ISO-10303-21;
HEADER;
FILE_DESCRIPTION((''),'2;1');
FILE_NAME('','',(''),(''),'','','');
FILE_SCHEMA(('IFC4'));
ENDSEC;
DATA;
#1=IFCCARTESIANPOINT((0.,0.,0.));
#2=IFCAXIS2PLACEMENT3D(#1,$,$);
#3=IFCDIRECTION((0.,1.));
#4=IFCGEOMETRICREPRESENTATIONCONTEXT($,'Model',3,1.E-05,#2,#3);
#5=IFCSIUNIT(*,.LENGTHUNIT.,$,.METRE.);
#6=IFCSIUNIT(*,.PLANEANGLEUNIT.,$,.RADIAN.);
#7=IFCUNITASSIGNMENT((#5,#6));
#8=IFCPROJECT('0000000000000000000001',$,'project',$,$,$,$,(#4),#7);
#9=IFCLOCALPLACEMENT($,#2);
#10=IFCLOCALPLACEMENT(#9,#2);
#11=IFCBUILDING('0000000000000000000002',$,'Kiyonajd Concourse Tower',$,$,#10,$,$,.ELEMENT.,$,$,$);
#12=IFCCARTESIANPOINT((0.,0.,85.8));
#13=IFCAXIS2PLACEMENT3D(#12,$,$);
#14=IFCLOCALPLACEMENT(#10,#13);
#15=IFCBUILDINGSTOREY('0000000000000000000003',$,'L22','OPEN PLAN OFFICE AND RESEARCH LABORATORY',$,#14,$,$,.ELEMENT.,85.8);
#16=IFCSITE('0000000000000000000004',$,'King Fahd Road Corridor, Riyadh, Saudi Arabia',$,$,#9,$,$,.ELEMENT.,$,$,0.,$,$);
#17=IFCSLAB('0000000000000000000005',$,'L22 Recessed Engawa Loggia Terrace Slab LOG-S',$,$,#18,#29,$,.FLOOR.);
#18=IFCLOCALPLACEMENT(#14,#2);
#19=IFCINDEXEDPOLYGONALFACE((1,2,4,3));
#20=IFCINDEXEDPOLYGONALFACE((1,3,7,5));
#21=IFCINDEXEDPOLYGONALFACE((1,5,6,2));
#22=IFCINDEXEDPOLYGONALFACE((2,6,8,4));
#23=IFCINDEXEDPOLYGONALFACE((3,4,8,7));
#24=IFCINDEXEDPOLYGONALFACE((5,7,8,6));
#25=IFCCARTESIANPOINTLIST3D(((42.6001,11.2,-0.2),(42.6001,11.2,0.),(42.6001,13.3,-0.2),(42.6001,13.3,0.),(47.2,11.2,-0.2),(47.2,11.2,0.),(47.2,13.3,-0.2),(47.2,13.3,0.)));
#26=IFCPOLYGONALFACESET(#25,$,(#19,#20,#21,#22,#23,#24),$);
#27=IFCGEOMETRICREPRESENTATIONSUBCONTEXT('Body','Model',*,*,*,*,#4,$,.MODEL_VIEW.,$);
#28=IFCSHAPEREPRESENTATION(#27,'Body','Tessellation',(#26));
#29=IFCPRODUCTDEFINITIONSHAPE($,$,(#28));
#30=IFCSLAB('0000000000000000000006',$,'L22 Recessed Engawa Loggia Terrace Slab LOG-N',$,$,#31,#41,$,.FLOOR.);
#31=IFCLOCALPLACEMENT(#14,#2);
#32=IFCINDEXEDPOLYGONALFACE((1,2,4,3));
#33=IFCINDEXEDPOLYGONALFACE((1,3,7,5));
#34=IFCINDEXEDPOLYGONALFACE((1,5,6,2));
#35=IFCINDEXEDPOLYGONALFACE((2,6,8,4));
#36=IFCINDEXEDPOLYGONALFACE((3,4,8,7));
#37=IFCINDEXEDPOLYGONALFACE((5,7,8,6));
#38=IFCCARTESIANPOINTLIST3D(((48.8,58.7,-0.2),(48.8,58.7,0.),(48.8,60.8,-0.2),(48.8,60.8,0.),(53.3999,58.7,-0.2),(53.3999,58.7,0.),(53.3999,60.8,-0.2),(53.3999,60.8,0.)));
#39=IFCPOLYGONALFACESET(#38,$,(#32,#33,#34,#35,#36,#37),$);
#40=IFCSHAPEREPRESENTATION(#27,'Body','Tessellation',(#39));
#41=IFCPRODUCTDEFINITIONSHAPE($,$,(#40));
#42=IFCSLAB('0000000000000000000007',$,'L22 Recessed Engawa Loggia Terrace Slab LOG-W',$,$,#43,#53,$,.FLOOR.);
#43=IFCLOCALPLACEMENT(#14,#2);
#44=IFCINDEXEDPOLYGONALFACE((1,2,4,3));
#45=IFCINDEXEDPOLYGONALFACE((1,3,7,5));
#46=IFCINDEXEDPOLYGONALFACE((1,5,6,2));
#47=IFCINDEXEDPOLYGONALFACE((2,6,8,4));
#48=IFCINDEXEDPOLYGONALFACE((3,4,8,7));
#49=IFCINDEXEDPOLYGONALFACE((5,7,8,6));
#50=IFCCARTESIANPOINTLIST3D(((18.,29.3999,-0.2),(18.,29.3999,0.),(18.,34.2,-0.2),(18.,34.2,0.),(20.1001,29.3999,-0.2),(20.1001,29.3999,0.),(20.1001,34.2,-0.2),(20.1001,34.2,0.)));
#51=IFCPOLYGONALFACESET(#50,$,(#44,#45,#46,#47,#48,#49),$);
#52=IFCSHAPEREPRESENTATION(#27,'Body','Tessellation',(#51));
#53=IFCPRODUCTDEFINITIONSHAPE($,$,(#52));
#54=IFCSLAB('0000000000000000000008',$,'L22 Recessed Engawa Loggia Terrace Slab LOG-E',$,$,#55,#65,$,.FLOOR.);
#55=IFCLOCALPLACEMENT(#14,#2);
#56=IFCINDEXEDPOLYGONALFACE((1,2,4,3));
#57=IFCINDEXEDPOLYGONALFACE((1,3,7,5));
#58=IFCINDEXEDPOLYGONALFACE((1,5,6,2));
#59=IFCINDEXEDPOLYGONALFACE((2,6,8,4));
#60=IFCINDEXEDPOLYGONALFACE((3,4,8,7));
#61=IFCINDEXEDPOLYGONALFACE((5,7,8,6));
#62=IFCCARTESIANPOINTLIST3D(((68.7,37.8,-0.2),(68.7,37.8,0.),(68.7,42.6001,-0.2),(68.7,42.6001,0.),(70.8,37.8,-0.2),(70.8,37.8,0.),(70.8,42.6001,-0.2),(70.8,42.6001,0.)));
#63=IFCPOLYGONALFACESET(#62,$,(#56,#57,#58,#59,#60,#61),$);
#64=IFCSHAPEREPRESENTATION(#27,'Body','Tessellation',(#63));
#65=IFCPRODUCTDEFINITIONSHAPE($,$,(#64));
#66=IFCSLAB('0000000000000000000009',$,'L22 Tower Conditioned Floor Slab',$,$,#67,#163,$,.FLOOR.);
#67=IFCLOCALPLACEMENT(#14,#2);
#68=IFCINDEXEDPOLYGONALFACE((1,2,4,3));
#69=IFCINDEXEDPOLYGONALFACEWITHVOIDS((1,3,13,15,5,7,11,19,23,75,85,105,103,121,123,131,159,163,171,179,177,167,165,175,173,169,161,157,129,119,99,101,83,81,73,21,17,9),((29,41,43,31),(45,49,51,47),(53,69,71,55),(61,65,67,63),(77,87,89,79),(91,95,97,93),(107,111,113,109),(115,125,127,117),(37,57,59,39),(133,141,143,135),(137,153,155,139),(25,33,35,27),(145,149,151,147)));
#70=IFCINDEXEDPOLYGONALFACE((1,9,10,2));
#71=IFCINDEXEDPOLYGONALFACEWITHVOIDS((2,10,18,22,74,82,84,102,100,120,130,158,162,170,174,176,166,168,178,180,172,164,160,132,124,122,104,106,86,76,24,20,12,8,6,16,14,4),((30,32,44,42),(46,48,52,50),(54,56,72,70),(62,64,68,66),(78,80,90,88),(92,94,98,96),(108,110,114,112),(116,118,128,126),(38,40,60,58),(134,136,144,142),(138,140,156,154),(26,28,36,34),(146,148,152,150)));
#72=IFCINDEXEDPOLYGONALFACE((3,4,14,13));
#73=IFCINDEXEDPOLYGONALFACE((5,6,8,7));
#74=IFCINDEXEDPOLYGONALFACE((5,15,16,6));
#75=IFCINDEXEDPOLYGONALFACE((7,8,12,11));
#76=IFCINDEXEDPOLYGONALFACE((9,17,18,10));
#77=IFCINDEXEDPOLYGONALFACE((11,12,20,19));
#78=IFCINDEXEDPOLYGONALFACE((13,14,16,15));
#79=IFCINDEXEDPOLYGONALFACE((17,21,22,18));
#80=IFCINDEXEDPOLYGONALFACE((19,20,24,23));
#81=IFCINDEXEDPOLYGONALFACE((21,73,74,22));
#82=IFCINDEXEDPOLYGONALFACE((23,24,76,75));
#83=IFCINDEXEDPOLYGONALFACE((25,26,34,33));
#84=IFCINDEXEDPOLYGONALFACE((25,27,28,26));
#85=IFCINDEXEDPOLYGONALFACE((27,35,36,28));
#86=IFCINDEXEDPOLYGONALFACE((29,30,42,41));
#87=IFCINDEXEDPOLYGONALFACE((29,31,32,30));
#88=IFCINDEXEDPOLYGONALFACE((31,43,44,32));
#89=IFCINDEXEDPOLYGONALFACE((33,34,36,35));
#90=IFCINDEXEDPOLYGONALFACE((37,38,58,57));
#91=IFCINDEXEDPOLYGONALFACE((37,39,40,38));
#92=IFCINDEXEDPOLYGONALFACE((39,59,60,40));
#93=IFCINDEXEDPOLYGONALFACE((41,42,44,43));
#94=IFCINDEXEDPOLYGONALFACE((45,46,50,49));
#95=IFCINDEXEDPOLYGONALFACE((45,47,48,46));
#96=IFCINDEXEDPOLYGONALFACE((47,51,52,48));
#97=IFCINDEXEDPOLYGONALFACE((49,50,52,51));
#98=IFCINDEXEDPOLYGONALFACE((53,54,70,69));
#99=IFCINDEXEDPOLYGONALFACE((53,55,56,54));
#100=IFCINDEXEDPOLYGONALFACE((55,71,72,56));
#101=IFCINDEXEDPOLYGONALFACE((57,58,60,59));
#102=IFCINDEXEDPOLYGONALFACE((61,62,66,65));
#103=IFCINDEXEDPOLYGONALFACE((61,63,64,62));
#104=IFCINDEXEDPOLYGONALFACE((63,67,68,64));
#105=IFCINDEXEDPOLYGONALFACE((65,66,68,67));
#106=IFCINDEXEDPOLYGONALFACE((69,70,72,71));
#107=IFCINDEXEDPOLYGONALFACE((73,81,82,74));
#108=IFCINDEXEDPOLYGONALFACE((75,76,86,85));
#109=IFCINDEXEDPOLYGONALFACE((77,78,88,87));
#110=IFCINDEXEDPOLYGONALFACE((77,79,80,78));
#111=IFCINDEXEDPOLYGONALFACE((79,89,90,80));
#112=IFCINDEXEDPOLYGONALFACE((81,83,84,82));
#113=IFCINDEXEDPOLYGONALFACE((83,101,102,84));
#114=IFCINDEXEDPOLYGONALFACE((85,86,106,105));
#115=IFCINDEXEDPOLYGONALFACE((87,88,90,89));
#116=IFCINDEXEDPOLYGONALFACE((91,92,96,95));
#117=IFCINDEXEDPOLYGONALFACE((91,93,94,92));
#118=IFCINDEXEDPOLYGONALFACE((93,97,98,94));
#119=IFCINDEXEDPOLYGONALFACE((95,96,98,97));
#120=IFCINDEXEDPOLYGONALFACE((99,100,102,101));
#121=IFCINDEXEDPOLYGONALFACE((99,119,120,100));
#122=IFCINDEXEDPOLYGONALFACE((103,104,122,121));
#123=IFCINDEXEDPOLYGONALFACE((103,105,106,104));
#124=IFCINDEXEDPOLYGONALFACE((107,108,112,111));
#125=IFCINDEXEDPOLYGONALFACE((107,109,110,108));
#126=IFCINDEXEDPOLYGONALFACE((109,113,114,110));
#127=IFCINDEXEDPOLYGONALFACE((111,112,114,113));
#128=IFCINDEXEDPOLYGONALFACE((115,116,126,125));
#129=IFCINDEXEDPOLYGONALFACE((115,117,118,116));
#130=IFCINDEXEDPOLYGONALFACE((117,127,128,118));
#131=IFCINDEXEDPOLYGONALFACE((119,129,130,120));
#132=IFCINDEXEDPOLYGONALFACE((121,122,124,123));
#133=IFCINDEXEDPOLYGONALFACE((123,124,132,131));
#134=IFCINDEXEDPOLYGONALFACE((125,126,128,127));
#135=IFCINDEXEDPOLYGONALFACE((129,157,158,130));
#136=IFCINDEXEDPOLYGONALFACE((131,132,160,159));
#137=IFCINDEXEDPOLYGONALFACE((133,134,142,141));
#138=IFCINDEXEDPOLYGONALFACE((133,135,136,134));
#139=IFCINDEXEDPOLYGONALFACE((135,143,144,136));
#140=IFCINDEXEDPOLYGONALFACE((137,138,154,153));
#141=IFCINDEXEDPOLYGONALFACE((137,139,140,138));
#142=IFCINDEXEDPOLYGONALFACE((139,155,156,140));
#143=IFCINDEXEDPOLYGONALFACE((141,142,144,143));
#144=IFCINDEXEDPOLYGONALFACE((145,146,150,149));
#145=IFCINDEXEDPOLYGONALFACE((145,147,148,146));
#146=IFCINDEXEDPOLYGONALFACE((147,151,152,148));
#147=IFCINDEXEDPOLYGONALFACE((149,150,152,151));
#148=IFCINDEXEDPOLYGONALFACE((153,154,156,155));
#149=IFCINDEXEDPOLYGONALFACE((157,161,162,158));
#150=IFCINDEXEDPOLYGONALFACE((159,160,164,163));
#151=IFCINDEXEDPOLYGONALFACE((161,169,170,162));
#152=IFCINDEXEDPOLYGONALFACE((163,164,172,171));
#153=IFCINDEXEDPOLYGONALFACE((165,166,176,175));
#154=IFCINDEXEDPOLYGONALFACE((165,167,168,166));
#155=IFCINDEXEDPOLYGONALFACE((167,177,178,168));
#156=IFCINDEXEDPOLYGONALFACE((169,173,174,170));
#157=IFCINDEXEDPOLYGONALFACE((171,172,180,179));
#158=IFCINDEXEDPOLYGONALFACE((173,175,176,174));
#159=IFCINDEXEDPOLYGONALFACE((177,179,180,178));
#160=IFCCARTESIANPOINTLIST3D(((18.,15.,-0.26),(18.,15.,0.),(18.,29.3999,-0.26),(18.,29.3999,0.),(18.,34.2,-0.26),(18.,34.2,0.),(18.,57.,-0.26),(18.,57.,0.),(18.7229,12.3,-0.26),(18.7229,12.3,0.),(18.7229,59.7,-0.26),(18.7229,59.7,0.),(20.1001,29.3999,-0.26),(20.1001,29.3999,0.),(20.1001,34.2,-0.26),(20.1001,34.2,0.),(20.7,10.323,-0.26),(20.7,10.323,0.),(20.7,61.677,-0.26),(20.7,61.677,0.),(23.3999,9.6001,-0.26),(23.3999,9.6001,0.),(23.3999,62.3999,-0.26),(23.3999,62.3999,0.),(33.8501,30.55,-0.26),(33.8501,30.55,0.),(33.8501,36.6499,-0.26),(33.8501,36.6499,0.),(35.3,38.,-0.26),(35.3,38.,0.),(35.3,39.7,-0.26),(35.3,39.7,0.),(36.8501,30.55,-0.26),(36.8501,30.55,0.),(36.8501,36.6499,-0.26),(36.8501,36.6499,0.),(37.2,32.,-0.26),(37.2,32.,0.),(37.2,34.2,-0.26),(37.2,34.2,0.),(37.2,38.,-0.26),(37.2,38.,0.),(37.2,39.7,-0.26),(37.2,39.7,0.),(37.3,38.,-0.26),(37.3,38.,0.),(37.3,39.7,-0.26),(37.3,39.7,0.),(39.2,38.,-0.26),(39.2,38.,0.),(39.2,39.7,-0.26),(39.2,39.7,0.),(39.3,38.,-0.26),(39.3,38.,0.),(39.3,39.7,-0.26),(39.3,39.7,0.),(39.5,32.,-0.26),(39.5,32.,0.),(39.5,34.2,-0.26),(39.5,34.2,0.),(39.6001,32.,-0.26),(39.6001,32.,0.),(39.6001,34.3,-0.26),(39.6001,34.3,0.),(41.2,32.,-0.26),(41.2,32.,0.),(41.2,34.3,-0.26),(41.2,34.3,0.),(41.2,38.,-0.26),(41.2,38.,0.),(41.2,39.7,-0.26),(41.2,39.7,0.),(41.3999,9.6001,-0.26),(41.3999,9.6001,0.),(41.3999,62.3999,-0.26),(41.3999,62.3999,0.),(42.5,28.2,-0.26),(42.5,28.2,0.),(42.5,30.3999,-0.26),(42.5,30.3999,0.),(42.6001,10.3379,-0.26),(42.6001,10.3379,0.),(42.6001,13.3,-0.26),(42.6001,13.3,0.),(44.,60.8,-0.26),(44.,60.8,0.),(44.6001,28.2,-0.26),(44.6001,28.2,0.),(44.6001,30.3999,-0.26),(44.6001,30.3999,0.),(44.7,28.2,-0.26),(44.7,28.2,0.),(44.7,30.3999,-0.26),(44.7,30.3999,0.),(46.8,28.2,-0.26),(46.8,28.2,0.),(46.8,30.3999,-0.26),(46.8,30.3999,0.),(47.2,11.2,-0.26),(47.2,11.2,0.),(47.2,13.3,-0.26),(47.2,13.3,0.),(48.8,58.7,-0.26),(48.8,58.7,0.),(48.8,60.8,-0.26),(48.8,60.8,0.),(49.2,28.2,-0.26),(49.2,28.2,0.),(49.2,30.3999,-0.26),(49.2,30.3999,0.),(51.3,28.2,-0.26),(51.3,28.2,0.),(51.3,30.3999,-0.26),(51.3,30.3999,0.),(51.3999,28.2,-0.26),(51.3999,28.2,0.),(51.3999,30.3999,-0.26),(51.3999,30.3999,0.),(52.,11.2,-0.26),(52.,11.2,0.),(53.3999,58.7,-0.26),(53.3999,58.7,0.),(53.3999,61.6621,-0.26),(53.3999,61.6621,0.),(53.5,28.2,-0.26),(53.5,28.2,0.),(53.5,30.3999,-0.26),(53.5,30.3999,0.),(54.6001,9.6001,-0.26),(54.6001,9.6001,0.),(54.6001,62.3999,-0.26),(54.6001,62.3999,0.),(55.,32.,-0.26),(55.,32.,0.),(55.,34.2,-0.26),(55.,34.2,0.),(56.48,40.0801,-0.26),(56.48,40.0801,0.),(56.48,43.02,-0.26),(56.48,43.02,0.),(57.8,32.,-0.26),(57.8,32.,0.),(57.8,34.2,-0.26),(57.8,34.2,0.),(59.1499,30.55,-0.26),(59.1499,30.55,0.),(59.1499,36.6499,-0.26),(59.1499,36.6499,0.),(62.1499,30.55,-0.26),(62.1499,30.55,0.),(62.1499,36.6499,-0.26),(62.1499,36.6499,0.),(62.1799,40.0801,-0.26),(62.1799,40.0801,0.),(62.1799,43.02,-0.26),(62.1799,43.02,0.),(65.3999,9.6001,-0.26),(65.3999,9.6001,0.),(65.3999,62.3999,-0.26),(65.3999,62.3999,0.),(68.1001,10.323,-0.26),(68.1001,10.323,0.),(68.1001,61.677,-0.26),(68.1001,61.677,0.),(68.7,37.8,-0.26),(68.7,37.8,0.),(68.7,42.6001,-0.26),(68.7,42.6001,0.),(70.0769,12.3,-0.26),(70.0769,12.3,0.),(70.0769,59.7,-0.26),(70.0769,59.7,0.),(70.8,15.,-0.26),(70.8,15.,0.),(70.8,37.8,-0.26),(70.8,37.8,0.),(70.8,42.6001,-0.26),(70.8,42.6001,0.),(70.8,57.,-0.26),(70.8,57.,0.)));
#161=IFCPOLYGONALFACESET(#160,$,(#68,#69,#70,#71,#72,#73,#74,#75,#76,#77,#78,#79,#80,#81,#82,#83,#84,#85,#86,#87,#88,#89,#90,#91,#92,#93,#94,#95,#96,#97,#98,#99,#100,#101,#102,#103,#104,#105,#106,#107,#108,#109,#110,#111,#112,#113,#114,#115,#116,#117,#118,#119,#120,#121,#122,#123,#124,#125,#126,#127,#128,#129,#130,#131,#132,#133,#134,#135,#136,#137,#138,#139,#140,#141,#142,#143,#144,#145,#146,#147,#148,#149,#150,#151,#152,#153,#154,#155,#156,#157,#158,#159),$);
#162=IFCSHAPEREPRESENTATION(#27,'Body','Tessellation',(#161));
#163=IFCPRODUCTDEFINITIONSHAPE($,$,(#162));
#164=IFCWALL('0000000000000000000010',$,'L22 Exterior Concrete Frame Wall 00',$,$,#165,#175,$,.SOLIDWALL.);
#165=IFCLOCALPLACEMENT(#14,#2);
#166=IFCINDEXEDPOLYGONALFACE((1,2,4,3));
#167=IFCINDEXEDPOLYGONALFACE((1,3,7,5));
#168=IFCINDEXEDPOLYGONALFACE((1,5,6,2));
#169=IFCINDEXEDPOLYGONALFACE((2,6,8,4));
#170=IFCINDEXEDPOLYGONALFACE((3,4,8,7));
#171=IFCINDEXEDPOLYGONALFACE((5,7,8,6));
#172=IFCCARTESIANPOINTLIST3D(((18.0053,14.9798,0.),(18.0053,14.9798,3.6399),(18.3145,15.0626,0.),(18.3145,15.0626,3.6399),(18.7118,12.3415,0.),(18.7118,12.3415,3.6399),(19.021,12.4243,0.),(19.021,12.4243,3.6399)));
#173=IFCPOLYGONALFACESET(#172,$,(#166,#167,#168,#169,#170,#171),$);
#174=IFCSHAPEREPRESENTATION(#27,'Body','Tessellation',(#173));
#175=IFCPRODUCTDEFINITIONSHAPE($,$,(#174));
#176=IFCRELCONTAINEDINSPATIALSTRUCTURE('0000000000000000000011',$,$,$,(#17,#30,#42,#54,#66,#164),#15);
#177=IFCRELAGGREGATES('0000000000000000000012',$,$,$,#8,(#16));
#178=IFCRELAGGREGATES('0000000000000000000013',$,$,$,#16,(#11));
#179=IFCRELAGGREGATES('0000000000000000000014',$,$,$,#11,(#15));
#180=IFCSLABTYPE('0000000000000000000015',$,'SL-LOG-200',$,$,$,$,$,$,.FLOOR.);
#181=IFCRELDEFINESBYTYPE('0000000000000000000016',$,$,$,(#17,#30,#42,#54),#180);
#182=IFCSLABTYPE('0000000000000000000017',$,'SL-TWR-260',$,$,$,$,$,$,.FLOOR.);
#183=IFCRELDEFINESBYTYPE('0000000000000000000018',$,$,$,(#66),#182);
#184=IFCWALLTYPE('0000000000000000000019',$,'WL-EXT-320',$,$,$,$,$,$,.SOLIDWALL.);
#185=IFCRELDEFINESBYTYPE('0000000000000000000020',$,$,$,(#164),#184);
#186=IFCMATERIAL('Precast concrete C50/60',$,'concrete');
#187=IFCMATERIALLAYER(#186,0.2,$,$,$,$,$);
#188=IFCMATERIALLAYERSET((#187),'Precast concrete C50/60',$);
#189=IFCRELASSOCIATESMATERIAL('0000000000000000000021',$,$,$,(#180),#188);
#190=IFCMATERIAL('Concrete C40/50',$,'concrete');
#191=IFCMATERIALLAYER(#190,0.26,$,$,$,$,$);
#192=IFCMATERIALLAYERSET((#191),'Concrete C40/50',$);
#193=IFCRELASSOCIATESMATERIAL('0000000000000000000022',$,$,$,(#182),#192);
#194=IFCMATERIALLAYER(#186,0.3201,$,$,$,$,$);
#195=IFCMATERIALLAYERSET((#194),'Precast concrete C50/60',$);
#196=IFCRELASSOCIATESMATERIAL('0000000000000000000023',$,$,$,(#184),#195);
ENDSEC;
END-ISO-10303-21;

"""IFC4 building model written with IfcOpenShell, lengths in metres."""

from ifc_helpers import new_model, si_unit, direction, frame, frame_2d, origin, place, context, subcontext, project, spatial, polyline, rectangle, outline, extrude, material, layer, layer_set, type_object, element, save


model = new_model("IFC4")

# Units and contexts
model_context = context("Model", 3, precision=1e-05, world=origin(), true_north=direction((0.0, 1.0)))
body_context = subcontext(model_context, "Body", "Model", "MODEL_VIEW")
ifc_project = project(units=[si_unit("LENGTHUNIT", "METRE"), si_unit("PLANEANGLEUNIT", "RADIAN")], contexts=[model_context])

# Site, building, storey
site_placement = place(None, origin())
site = spatial("IfcSite", under=ifc_project, at=site_placement, Name="King Fahd Road Corridor, Riyadh, Saudi Arabia", CompositionType="ELEMENT", RefElevation=0.0)
building_placement = place(site_placement, origin())
building = spatial("IfcBuilding", under=site, at=building_placement, Name="Kiyonajd Concourse Tower", CompositionType="ELEMENT")
storey_placement = place(building_placement, frame((0.0, 0.0, 85.8)))
storey = spatial("IfcBuildingStorey", under=building, at=storey_placement, Name="L22", Description="OPEN PLAN OFFICE AND RESEARCH LABORATORY", CompositionType="ELEMENT", Elevation=85.8)

# Shared definitions
ifc_material_1 = material(Name="Precast concrete C50/60", Category="concrete")

# Shared definitions
ifc_material_2 = material(Name="Concrete C40/50", Category="concrete")

# Slabs
ifc_layer_1 = layer(ifc_material_1, 0.2)
ifc_layer_set_1 = layer_set([ifc_layer_1], Name="Precast concrete C50/60")
slab_type_1 = type_object("IfcSlabType", Name="SL-LOG-200", PredefinedType="FLOOR", material=ifc_layer_set_1)
slab_1_placement = place(storey_placement, frame((0.0, 0.0, -0.2)))
element("IfcSlab", 1, at=slab_1_placement, inside=storey, type_object=slab_type_1, Name="L22 Recessed Engawa Loggia Terrace Slab LOG-S", PredefinedType="FLOOR", context=body_context, shape_type="SweptSolid", body=[
    extrude(outline(polyline([(42.6001, 11.2), (47.2, 11.2), (47.2, 13.3), (42.6001, 13.3), (42.6001, 11.2)])), origin(), (0.0, 0.0, 1.0), 0.2),
])
slab_2_placement = place(storey_placement, frame((0.0, 0.0, -0.2)))
element("IfcSlab", 2, at=slab_2_placement, inside=storey, type_object=slab_type_1, Name="L22 Recessed Engawa Loggia Terrace Slab LOG-N", PredefinedType="FLOOR", context=body_context, shape_type="SweptSolid", body=[
    extrude(outline(polyline([(48.8, 58.7), (53.3999, 58.7), (53.3999, 60.8), (48.8, 60.8), (48.8, 58.7)])), origin(), (0.0, 0.0, 1.0), 0.2),
])
slab_3_placement = place(storey_placement, frame((0.0, 0.0, -0.2)))
element("IfcSlab", 3, at=slab_3_placement, inside=storey, type_object=slab_type_1, Name="L22 Recessed Engawa Loggia Terrace Slab LOG-W", PredefinedType="FLOOR", context=body_context, shape_type="SweptSolid", body=[
    extrude(outline(polyline([(18.0, 29.3999), (20.1001, 29.3999), (20.1001, 34.2), (18.0, 34.2), (18.0, 29.3999)])), origin(), (0.0, 0.0, 1.0), 0.2),
])
slab_4_placement = place(storey_placement, frame((0.0, 0.0, -0.2)))
element("IfcSlab", 4, at=slab_4_placement, inside=storey, type_object=slab_type_1, Name="L22 Recessed Engawa Loggia Terrace Slab LOG-E", PredefinedType="FLOOR", context=body_context, shape_type="SweptSolid", body=[
    extrude(outline(polyline([(68.7, 37.8), (70.8, 37.8), (70.8, 42.6001), (68.7, 42.6001), (68.7, 37.8)])), origin(), (0.0, 0.0, 1.0), 0.2),
])
ifc_layer_2 = layer(ifc_material_2, 0.26)
ifc_layer_set_2 = layer_set([ifc_layer_2], Name="Concrete C40/50")
slab_type_2 = type_object("IfcSlabType", Name="SL-TWR-260", PredefinedType="FLOOR", material=ifc_layer_set_2)
slab_5_placement = place(storey_placement, frame((0.0, 0.0, -0.26)))
element("IfcSlab", 5, at=slab_5_placement, inside=storey, type_object=slab_type_2, Name="L22 Tower Conditioned Floor Slab", PredefinedType="FLOOR", context=body_context, shape_type="SweptSolid", body=[
    extrude(outline(polyline([(18.7229, 12.3), (18.0, 15.0), (18.0, 29.3999), (20.1001, 29.3999), (20.1001, 34.2), (18.0, 34.2), (18.0, 57.0), (18.7229, 59.7), (20.7, 61.677), (23.3999, 62.3999), (41.3999, 62.3999), (44.0, 60.8), (48.8, 60.8), (48.8, 58.7), (53.3999, 58.7), (53.3999, 61.6621), (54.6001, 62.3999), (65.3999, 62.3999), (68.1001, 61.677), (70.0769, 59.7), (70.8, 57.0), (70.8, 42.6001), (68.7, 42.6001), (68.7, 37.8), (70.8, 37.8), (70.8, 15.0), (70.0769, 12.3), (68.1001, 10.323), (65.3999, 9.6001), (54.6001, 9.6001), (52.0, 11.2), (47.2, 11.2), (47.2, 13.3), (42.6001, 13.3), (42.6001, 10.3379), (41.3999, 9.6001), (23.3999, 9.6001), (20.7, 10.323), (18.7229, 12.3)]), holes=[polyline([(44.6001, 28.2), (42.5, 28.2), (42.5, 30.3999), (44.6001, 30.3999), (44.6001, 28.2)]), polyline([(37.2, 32.0), (37.2, 34.2), (39.5, 34.2), (39.5, 32.0), (37.2, 32.0)]), polyline([(39.6001, 32.0), (39.6001, 34.3), (41.2, 34.3), (41.2, 32.0), (39.6001, 32.0)]), polyline([(36.8501, 30.55), (33.8501, 30.55), (33.8501, 36.6499), (36.8501, 36.6499), (36.8501, 30.55)]), polyline([(35.3, 38.0), (35.3, 39.7), (37.2, 39.7), (37.2, 38.0), (35.3, 38.0)]), polyline([(37.3, 38.0), (37.3, 39.7), (39.2, 39.7), (39.2, 38.0), (37.3, 38.0)]), polyline([(41.2, 38.0), (39.3, 38.0), (39.3, 39.7), (41.2, 39.7), (41.2, 38.0)]), polyline([(44.7, 28.2), (44.7, 30.3999), (46.8, 30.3999), (46.8, 28.2), (44.7, 28.2)]), polyline([(49.2, 28.2), (49.2, 30.3999), (51.3, 30.3999), (51.3, 28.2), (49.2, 28.2)]), polyline([(51.3999, 28.2), (51.3999, 30.3999), (53.5, 30.3999), (53.5, 28.2), (51.3999, 28.2)]), polyline([(55.0, 32.0), (55.0, 34.2), (57.8, 34.2), (57.8, 32.0), (55.0, 32.0)]), polyline([(59.1499, 30.55), (59.1499, 36.6499), (62.1499, 36.6499), (62.1499, 30.55), (59.1499, 30.55)]), polyline([(56.48, 43.02), (62.1799, 43.02), (62.1799, 40.0801), (56.48, 40.0801), (56.48, 43.02)])]), origin(), (0.0, 0.0, 1.0), 0.26),
])

# Wall
ifc_layer_3 = layer(ifc_material_1, 0.3201)
ifc_layer_set_3 = layer_set([ifc_layer_3], Name="Precast concrete C50/60")
wall_type_1 = type_object("IfcWallType", Name="WL-EXT-320", PredefinedType="SOLIDWALL", material=ifc_layer_set_3)
wall_1_placement = place(storey_placement, frame((18.8665, 12.3828, 0.0), z_axis=(0.0, 0.0, 1.0), x_axis=(-0.258697, 0.965958, 0.0)))
element("IfcWall", 6, at=wall_1_placement, inside=storey, type_object=wall_type_1, Name="L22 Exterior Concrete Frame Wall 00", PredefinedType="SOLIDWALL", context=body_context, shape_type="SweptSolid", body=[
    extrude(rectangle(XDim=2.7312, YDim=0.3201, at=frame_2d((1.3657, 0.0))), origin(), (0.0, 0.0, 1.0), 3.6399),
])

save(model, "model.ifc")
